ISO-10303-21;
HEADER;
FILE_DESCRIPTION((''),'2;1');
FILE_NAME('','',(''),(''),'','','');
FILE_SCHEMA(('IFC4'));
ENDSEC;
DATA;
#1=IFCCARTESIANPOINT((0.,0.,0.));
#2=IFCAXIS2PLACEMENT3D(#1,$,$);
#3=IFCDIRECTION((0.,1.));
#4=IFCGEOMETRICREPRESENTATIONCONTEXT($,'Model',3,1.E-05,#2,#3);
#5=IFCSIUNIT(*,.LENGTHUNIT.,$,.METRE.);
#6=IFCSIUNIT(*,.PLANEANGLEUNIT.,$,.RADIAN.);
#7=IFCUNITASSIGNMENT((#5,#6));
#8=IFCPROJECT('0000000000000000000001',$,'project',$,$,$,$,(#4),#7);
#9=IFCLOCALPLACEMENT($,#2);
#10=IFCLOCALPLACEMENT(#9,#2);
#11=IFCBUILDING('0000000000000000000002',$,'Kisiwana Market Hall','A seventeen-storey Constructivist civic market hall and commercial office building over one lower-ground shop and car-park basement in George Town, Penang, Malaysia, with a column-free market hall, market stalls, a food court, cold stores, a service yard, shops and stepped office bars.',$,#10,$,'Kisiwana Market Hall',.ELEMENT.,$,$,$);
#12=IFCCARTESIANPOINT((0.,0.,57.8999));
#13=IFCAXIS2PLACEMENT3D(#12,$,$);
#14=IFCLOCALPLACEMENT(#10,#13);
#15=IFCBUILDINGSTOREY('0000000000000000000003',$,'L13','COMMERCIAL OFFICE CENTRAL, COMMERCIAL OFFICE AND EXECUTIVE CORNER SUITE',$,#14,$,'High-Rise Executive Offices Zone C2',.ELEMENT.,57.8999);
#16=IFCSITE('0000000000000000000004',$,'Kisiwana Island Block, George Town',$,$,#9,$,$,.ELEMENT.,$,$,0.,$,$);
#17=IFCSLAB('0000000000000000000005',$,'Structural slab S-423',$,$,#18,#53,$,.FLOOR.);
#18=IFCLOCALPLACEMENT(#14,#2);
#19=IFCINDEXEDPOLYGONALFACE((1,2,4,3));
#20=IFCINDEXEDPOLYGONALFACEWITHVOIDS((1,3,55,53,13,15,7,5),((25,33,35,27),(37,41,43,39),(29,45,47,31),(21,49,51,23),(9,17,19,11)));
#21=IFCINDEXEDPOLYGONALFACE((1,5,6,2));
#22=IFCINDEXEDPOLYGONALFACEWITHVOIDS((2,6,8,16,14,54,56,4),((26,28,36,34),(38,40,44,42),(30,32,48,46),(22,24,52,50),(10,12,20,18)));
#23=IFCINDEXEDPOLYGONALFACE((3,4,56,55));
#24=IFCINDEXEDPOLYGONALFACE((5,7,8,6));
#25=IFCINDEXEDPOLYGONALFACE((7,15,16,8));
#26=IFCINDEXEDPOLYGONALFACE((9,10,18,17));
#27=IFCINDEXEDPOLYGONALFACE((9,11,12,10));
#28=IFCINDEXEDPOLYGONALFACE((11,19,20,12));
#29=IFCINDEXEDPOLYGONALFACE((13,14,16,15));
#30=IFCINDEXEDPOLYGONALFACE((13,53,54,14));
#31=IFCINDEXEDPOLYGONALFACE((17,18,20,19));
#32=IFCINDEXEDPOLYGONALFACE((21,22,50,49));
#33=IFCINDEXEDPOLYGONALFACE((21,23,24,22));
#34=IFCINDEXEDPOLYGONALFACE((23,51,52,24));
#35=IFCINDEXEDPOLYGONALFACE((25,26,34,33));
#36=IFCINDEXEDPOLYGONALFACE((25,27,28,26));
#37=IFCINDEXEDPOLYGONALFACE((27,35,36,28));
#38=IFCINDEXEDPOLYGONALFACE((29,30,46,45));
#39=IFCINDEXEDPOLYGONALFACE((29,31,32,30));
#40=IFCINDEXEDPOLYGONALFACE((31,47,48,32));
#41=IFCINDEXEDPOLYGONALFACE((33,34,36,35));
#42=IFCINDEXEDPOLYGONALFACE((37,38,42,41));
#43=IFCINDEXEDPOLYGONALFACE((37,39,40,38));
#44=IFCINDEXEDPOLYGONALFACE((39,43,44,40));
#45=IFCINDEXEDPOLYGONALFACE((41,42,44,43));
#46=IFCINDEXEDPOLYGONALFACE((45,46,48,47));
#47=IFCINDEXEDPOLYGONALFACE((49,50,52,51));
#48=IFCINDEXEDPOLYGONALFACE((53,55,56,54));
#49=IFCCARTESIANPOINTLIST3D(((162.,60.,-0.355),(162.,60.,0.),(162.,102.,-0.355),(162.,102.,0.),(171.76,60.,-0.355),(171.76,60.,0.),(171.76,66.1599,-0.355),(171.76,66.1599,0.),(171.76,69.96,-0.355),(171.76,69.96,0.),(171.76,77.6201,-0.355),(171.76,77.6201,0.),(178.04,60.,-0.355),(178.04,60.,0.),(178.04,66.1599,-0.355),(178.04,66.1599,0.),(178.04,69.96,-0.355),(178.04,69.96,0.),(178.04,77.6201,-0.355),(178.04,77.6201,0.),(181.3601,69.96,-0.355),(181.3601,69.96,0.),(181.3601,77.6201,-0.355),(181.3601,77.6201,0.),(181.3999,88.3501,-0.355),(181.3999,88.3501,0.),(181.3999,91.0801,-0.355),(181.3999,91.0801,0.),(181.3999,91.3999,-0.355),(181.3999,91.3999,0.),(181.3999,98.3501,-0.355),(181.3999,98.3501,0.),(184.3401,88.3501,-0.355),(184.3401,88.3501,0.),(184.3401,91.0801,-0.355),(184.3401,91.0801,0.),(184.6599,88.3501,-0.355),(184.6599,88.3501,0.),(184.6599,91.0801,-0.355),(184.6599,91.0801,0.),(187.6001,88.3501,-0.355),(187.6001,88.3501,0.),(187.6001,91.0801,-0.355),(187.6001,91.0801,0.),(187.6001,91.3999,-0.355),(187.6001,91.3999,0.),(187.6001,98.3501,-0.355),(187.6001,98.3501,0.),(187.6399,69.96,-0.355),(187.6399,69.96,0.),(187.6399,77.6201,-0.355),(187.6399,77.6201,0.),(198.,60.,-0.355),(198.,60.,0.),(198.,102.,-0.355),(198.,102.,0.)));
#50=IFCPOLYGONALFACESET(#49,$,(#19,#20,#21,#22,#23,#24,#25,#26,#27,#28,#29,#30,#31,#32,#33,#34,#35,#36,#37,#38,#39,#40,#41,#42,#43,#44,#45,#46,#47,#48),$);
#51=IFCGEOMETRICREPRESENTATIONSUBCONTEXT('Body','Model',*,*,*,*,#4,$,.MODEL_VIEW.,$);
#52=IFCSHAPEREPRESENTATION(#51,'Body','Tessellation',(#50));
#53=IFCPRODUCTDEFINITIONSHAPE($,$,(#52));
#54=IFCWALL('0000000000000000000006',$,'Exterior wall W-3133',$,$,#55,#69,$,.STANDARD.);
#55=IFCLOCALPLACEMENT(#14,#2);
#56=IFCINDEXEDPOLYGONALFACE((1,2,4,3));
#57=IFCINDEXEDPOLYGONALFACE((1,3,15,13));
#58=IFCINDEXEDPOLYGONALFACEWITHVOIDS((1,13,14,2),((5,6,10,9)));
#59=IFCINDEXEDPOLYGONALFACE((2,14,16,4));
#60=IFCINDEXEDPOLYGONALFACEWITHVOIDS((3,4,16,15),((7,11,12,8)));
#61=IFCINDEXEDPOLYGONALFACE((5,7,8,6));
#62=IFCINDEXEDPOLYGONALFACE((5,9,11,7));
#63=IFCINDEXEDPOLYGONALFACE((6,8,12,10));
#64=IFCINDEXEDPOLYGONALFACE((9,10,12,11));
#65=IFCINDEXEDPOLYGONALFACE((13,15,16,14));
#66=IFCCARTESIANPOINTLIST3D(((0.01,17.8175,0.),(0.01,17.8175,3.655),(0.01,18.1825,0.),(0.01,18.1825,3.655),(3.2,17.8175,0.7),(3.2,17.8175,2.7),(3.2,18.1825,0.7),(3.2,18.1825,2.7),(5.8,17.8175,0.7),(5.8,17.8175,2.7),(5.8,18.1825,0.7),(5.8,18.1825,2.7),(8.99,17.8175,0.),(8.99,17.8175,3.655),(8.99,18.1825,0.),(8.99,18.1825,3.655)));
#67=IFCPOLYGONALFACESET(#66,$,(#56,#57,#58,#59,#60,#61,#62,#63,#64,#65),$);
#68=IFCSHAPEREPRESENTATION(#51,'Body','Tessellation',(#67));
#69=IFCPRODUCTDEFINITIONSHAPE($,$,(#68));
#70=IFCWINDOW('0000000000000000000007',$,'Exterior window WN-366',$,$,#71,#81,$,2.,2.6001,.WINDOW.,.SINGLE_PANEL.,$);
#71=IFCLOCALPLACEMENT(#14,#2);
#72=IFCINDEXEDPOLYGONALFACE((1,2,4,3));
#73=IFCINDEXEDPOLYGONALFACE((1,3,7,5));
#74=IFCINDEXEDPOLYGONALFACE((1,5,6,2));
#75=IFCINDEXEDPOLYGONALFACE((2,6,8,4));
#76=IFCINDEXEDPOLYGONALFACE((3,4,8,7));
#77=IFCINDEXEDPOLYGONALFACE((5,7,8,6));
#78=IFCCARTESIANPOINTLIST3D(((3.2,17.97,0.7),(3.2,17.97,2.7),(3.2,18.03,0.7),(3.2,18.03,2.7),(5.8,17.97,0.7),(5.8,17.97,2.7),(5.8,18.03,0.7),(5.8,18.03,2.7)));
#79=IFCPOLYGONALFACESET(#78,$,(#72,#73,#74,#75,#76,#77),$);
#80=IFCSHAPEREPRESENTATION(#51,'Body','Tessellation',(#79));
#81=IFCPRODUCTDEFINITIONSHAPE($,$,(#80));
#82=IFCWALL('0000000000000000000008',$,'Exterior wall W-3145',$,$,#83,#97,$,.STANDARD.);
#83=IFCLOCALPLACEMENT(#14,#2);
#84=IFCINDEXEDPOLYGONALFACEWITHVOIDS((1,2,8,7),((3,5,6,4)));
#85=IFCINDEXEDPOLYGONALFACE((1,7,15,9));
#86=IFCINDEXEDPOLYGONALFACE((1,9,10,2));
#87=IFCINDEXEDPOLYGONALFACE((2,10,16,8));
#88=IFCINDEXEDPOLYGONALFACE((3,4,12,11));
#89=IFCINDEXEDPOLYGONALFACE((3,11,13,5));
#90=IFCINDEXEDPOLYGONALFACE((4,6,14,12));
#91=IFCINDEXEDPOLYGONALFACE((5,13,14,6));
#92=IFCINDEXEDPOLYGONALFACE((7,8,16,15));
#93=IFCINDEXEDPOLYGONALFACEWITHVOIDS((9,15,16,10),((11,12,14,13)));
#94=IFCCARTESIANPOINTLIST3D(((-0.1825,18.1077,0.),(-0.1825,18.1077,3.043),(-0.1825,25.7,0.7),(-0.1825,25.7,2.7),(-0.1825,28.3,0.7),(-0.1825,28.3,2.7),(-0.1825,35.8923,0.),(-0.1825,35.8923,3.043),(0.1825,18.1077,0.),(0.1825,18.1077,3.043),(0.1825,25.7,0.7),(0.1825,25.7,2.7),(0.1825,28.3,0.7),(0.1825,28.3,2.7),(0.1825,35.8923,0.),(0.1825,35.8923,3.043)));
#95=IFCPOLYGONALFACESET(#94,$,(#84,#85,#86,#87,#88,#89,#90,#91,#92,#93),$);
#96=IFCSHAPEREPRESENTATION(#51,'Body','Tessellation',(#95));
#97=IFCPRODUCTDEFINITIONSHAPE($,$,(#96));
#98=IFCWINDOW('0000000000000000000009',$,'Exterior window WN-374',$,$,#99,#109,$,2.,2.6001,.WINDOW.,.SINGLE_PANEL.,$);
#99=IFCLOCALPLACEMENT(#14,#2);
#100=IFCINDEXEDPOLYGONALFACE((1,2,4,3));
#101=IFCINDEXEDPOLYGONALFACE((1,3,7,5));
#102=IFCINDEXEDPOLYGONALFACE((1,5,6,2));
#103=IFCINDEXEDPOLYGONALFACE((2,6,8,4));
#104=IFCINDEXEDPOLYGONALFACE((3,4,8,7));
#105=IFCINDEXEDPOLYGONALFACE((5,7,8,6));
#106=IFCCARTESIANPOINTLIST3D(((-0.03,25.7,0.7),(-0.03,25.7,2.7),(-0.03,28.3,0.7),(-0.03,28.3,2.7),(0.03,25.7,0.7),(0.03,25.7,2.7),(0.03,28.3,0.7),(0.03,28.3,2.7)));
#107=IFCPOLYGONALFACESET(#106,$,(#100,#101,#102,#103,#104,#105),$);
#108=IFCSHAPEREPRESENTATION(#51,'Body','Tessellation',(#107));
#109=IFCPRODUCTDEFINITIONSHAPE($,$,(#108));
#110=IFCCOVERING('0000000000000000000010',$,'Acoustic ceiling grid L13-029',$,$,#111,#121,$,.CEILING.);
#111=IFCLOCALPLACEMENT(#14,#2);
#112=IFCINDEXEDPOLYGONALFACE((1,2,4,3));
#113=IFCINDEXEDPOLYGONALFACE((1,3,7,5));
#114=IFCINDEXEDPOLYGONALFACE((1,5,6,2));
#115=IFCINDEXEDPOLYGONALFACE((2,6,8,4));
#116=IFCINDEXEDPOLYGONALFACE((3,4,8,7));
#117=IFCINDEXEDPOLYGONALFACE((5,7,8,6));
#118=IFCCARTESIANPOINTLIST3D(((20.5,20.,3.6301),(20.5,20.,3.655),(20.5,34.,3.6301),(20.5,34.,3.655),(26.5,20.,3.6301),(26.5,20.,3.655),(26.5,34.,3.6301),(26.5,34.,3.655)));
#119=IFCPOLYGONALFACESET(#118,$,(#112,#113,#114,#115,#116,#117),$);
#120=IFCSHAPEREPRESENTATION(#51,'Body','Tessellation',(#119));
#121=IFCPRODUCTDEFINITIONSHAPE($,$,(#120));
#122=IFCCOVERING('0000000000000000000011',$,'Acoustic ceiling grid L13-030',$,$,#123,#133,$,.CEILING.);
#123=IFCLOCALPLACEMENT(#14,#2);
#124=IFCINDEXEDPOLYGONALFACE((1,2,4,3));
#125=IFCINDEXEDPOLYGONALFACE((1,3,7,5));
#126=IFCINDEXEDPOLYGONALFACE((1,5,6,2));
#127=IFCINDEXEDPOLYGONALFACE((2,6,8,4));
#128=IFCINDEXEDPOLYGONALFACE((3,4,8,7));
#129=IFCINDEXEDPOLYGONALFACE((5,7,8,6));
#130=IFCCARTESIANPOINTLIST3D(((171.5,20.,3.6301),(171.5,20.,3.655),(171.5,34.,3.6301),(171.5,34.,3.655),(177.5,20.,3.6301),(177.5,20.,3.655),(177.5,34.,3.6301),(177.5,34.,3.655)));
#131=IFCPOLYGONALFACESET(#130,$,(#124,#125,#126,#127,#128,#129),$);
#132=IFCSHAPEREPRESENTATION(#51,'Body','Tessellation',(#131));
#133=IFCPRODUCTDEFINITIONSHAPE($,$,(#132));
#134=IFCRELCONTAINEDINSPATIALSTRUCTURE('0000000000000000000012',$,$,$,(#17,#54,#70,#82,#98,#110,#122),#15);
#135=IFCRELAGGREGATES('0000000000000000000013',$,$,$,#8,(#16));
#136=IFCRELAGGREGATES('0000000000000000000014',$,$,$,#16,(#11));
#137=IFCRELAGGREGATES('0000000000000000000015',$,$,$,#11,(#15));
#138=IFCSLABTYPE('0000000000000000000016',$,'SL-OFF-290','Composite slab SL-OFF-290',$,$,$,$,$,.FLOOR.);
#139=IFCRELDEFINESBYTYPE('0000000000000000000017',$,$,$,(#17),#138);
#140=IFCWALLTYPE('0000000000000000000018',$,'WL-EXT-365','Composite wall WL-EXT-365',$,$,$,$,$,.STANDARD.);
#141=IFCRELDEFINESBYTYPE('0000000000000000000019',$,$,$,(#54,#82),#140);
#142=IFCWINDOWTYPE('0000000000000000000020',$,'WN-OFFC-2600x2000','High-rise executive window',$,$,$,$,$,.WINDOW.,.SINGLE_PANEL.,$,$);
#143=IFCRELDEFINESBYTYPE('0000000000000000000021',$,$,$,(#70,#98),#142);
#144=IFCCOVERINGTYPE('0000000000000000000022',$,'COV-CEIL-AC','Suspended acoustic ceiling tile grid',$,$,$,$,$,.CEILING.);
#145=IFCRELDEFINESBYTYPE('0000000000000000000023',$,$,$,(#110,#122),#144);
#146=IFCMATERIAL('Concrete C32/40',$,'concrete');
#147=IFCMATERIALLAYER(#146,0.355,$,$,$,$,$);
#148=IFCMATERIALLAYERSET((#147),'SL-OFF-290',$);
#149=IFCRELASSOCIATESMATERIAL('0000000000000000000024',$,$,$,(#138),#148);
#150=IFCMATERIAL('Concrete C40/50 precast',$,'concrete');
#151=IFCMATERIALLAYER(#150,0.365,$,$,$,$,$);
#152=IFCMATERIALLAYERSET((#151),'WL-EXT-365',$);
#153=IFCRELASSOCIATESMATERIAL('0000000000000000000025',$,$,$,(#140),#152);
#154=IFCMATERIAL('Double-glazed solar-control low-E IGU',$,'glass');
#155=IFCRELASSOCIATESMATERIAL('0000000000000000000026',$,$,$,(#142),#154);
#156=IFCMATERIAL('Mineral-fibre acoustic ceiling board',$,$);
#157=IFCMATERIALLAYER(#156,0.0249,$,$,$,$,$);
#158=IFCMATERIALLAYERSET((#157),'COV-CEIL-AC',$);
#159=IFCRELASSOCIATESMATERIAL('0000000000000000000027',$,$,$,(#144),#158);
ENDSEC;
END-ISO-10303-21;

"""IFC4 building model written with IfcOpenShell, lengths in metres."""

from ifc_helpers import new_model, si_unit, direction, frame, frame_2d, origin, place, context, subcontext, project, spatial, polyline, rectangle, outline, extrude, material, layer, layer_set, type_object, element, fill, save


model = new_model("IFC4")

# Units and contexts
model_context = context("Model", 3, precision=1e-05, world=origin(), true_north=direction((0.0, 1.0)))
body_context = subcontext(model_context, "Body", "Model", "MODEL_VIEW")
ifc_project = project(units=[si_unit("LENGTHUNIT", "METRE"), si_unit("PLANEANGLEUNIT", "RADIAN")], contexts=[model_context])

# Site, building, storey
site_placement = place(None, origin())
site = spatial("IfcSite", under=ifc_project, at=site_placement, Name="Kisiwana Island Block, George Town", CompositionType="ELEMENT", RefElevation=0.0)
building_placement = place(site_placement, origin())
building = spatial("IfcBuilding", under=site, at=building_placement, Name="Kisiwana Market Hall", Description="A seventeen-storey Constructivist civic market hall and commercial office building over one lower-ground shop and car-park basement in George Town, Penang, Malaysia, with a column-free market hall, market stalls, a food court, cold stores, a service yard, shops and stepped office bars.", LongName="Kisiwana Market Hall", CompositionType="ELEMENT")
storey_placement = place(building_placement, frame((0.0, 0.0, 57.8999)))
storey = spatial("IfcBuildingStorey", under=building, at=storey_placement, Name="L13", Description="COMMERCIAL OFFICE CENTRAL, COMMERCIAL OFFICE AND EXECUTIVE CORNER SUITE", LongName="High-Rise Executive Offices Zone C2", CompositionType="ELEMENT", Elevation=57.8999)

# Slab
ifc_material_1 = material(Name="Concrete C32/40", Category="concrete")
ifc_layer_1 = layer(ifc_material_1, 0.355)
ifc_layer_set_1 = layer_set([ifc_layer_1], Name="SL-OFF-290")
slab_type_1 = type_object("IfcSlabType", Name="SL-OFF-290", Description="Composite slab SL-OFF-290", PredefinedType="FLOOR", material=ifc_layer_set_1)
slab_1_placement = place(storey_placement, frame((0.0, 0.0, -0.355)))
element("IfcSlab", 1, at=slab_1_placement, inside=storey, type_object=slab_type_1, Name="Structural slab S-423", PredefinedType="FLOOR", context=body_context, shape_type="SweptSolid", body=[
    extrude(outline(polyline([(162.0, 60.0), (171.76, 60.0), (171.76, 66.1599), (178.04, 66.1599), (178.04, 60.0), (198.0, 60.0), (198.0, 102.0), (162.0, 102.0), (162.0, 60.0)]), holes=[polyline([(181.3999, 91.3999), (187.6001, 91.3999), (187.6001, 98.3501), (181.3999, 98.3501), (181.3999, 91.3999)]), polyline([(181.3999, 88.3501), (184.3401, 88.3501), (184.3401, 91.0801), (181.3999, 91.0801), (181.3999, 88.3501)]), polyline([(184.6599, 88.3501), (187.6001, 88.3501), (187.6001, 91.0801), (184.6599, 91.0801), (184.6599, 88.3501)]), polyline([(181.3601, 69.96), (187.6399, 69.96), (187.6399, 77.6201), (181.3601, 77.6201), (181.3601, 69.96)]), polyline([(171.76, 69.96), (178.04, 69.96), (178.04, 77.6201), (171.76, 77.6201), (171.76, 69.96)])]), origin(), (0.0, 0.0, 1.0), 0.355),
])

# Walls, openings, windows
ifc_material_2 = material(Name="Concrete C40/50 precast", Category="concrete")
ifc_layer_2 = layer(ifc_material_2, 0.365)
ifc_layer_set_2 = layer_set([ifc_layer_2], Name="WL-EXT-365")
wall_type = type_object("IfcWallType", Name="WL-EXT-365", Description="Composite wall WL-EXT-365", PredefinedType="STANDARD", material=ifc_layer_set_2)
wall_1_placement = place(storey_placement, frame((0.01, 18.0, 0.0), z_axis=(0.0, 0.0, 1.0), x_axis=(1.0, 0.0, 0.0)))
wall_1 = element("IfcWall", 2, at=wall_1_placement, inside=storey, type_object=wall_type, Name="Exterior wall W-3133", PredefinedType="STANDARD", context=body_context, shape_type="SweptSolid", body=[
    extrude(rectangle(XDim=8.98, YDim=0.365, at=frame_2d((4.49, 0.0))), origin(), (0.0, 0.0, 1.0), 3.655),
])
opening_1_placement = place(wall_1_placement, frame((3.1899, 0.0, 0.7)))
opening_1 = element("IfcOpeningElement", 3, at=opening_1_placement, cuts=wall_1, PredefinedType="OPENING", context=body_context, shape_type="SweptSolid", body=[
    extrude(rectangle(XDim=2.6001, YDim=2.0, at=frame_2d((1.3, 1.0))), frame((0.0, 0.1943, 0.0), z_axis=(0.0, -1.0, 0.0), x_axis=(1.0, 0.0, 0.0)), (0.0, 0.0, 1.0), 0.3889),
])
ifc_material_3 = material(Name="Double-glazed solar-control low-E IGU", Category="glass")
window_type = type_object("IfcWindowType", Name="WN-OFFC-2600x2000", Description="High-rise executive window", PartitioningType="SINGLE_PANEL", PredefinedType="WINDOW", material=ifc_material_3)
window_1_placement = place(opening_1_placement, origin())
window_1 = element("IfcWindow", 4, at=window_1_placement, inside=storey, type_object=window_type, Name="Exterior window WN-366", OverallHeight=2.0, OverallWidth=2.6001, PartitioningType="SINGLE_PANEL", PredefinedType="WINDOW", context=body_context, shape_type="SweptSolid", body=[
    extrude(rectangle(XDim=2.6001, YDim=2.0, at=frame_2d((1.3, 1.0))), frame((0.0, 0.03, 0.0), z_axis=(0.0, -1.0, 0.0), x_axis=(1.0, 0.0, 0.0)), (0.0, 0.0, 1.0), 0.0601),
])
fill(opening_1, window_1)
wall_2_placement = place(storey_placement, frame((0.0, 18.1077, 0.0), z_axis=(0.0, 0.0, 1.0), x_axis=(0.0, 1.0, 0.0)))
wall_2 = element("IfcWall", 5, at=wall_2_placement, inside=storey, type_object=wall_type, Name="Exterior wall W-3145", PredefinedType="STANDARD", context=body_context, shape_type="SweptSolid", body=[
    extrude(rectangle(XDim=17.7847, YDim=0.365, at=frame_2d((8.8923, 0.0))), origin(), (0.0, 0.0, 1.0), 3.043),
])
opening_2_placement = place(wall_2_placement, frame((7.5923, 0.0, 0.7)))
opening_2 = element("IfcOpeningElement", 6, at=opening_2_placement, cuts=wall_2, PredefinedType="OPENING", context=body_context, shape_type="SweptSolid", body=[
    extrude(rectangle(XDim=2.6001, YDim=2.0, at=frame_2d((1.3, 1.0))), frame((0.0, 0.1943, 0.0), z_axis=(0.0, -1.0, 0.0), x_axis=(1.0, 0.0, 0.0)), (0.0, 0.0, 1.0), 0.3889),
])
window_2_placement = place(opening_2_placement, origin())
window_2 = element("IfcWindow", 7, at=window_2_placement, inside=storey, type_object=window_type, Name="Exterior window WN-374", OverallHeight=2.0, OverallWidth=2.6001, PartitioningType="SINGLE_PANEL", PredefinedType="WINDOW", context=body_context, shape_type="SweptSolid", body=[
    extrude(rectangle(XDim=2.6001, YDim=2.0, at=frame_2d((1.3, 1.0))), frame((0.0, 0.03, 0.0), z_axis=(0.0, -1.0, 0.0), x_axis=(1.0, 0.0, 0.0)), (0.0, 0.0, 1.0), 0.0601),
])
fill(opening_2, window_2)

# Coverings
ifc_material_4 = material(Name="Mineral-fibre acoustic ceiling board")
ifc_layer_3 = layer(ifc_material_4, 0.0249)
ifc_layer_set_3 = layer_set([ifc_layer_3], Name="COV-CEIL-AC")
covering_type = type_object("IfcCoveringType", Name="COV-CEIL-AC", Description="Suspended acoustic ceiling tile grid", PredefinedType="CEILING", material=ifc_layer_set_3)
covering_1_placement = place(storey_placement, frame((0.0, 0.0, 3.6301)))
element("IfcCovering", 8, at=covering_1_placement, inside=storey, type_object=covering_type, Name="Acoustic ceiling grid L13-029", PredefinedType="CEILING", context=body_context, shape_type="SweptSolid", body=[
    extrude(outline(polyline([(20.5, 20.0), (26.5, 20.0), (26.5, 34.0), (20.5, 34.0), (20.5, 20.0)])), origin(), (0.0, 0.0, 1.0), 0.0249),
])
covering_2_placement = place(storey_placement, frame((0.0, 0.0, 3.6301)))
element("IfcCovering", 9, at=covering_2_placement, inside=storey, type_object=covering_type, Name="Acoustic ceiling grid L13-030", PredefinedType="CEILING", context=body_context, shape_type="SweptSolid", body=[
    extrude(outline(polyline([(171.5, 20.0), (177.5, 20.0), (177.5, 34.0), (171.5, 34.0), (171.5, 20.0)])), origin(), (0.0, 0.0, 1.0), 0.0249),
])

save(model, "model.ifc")
